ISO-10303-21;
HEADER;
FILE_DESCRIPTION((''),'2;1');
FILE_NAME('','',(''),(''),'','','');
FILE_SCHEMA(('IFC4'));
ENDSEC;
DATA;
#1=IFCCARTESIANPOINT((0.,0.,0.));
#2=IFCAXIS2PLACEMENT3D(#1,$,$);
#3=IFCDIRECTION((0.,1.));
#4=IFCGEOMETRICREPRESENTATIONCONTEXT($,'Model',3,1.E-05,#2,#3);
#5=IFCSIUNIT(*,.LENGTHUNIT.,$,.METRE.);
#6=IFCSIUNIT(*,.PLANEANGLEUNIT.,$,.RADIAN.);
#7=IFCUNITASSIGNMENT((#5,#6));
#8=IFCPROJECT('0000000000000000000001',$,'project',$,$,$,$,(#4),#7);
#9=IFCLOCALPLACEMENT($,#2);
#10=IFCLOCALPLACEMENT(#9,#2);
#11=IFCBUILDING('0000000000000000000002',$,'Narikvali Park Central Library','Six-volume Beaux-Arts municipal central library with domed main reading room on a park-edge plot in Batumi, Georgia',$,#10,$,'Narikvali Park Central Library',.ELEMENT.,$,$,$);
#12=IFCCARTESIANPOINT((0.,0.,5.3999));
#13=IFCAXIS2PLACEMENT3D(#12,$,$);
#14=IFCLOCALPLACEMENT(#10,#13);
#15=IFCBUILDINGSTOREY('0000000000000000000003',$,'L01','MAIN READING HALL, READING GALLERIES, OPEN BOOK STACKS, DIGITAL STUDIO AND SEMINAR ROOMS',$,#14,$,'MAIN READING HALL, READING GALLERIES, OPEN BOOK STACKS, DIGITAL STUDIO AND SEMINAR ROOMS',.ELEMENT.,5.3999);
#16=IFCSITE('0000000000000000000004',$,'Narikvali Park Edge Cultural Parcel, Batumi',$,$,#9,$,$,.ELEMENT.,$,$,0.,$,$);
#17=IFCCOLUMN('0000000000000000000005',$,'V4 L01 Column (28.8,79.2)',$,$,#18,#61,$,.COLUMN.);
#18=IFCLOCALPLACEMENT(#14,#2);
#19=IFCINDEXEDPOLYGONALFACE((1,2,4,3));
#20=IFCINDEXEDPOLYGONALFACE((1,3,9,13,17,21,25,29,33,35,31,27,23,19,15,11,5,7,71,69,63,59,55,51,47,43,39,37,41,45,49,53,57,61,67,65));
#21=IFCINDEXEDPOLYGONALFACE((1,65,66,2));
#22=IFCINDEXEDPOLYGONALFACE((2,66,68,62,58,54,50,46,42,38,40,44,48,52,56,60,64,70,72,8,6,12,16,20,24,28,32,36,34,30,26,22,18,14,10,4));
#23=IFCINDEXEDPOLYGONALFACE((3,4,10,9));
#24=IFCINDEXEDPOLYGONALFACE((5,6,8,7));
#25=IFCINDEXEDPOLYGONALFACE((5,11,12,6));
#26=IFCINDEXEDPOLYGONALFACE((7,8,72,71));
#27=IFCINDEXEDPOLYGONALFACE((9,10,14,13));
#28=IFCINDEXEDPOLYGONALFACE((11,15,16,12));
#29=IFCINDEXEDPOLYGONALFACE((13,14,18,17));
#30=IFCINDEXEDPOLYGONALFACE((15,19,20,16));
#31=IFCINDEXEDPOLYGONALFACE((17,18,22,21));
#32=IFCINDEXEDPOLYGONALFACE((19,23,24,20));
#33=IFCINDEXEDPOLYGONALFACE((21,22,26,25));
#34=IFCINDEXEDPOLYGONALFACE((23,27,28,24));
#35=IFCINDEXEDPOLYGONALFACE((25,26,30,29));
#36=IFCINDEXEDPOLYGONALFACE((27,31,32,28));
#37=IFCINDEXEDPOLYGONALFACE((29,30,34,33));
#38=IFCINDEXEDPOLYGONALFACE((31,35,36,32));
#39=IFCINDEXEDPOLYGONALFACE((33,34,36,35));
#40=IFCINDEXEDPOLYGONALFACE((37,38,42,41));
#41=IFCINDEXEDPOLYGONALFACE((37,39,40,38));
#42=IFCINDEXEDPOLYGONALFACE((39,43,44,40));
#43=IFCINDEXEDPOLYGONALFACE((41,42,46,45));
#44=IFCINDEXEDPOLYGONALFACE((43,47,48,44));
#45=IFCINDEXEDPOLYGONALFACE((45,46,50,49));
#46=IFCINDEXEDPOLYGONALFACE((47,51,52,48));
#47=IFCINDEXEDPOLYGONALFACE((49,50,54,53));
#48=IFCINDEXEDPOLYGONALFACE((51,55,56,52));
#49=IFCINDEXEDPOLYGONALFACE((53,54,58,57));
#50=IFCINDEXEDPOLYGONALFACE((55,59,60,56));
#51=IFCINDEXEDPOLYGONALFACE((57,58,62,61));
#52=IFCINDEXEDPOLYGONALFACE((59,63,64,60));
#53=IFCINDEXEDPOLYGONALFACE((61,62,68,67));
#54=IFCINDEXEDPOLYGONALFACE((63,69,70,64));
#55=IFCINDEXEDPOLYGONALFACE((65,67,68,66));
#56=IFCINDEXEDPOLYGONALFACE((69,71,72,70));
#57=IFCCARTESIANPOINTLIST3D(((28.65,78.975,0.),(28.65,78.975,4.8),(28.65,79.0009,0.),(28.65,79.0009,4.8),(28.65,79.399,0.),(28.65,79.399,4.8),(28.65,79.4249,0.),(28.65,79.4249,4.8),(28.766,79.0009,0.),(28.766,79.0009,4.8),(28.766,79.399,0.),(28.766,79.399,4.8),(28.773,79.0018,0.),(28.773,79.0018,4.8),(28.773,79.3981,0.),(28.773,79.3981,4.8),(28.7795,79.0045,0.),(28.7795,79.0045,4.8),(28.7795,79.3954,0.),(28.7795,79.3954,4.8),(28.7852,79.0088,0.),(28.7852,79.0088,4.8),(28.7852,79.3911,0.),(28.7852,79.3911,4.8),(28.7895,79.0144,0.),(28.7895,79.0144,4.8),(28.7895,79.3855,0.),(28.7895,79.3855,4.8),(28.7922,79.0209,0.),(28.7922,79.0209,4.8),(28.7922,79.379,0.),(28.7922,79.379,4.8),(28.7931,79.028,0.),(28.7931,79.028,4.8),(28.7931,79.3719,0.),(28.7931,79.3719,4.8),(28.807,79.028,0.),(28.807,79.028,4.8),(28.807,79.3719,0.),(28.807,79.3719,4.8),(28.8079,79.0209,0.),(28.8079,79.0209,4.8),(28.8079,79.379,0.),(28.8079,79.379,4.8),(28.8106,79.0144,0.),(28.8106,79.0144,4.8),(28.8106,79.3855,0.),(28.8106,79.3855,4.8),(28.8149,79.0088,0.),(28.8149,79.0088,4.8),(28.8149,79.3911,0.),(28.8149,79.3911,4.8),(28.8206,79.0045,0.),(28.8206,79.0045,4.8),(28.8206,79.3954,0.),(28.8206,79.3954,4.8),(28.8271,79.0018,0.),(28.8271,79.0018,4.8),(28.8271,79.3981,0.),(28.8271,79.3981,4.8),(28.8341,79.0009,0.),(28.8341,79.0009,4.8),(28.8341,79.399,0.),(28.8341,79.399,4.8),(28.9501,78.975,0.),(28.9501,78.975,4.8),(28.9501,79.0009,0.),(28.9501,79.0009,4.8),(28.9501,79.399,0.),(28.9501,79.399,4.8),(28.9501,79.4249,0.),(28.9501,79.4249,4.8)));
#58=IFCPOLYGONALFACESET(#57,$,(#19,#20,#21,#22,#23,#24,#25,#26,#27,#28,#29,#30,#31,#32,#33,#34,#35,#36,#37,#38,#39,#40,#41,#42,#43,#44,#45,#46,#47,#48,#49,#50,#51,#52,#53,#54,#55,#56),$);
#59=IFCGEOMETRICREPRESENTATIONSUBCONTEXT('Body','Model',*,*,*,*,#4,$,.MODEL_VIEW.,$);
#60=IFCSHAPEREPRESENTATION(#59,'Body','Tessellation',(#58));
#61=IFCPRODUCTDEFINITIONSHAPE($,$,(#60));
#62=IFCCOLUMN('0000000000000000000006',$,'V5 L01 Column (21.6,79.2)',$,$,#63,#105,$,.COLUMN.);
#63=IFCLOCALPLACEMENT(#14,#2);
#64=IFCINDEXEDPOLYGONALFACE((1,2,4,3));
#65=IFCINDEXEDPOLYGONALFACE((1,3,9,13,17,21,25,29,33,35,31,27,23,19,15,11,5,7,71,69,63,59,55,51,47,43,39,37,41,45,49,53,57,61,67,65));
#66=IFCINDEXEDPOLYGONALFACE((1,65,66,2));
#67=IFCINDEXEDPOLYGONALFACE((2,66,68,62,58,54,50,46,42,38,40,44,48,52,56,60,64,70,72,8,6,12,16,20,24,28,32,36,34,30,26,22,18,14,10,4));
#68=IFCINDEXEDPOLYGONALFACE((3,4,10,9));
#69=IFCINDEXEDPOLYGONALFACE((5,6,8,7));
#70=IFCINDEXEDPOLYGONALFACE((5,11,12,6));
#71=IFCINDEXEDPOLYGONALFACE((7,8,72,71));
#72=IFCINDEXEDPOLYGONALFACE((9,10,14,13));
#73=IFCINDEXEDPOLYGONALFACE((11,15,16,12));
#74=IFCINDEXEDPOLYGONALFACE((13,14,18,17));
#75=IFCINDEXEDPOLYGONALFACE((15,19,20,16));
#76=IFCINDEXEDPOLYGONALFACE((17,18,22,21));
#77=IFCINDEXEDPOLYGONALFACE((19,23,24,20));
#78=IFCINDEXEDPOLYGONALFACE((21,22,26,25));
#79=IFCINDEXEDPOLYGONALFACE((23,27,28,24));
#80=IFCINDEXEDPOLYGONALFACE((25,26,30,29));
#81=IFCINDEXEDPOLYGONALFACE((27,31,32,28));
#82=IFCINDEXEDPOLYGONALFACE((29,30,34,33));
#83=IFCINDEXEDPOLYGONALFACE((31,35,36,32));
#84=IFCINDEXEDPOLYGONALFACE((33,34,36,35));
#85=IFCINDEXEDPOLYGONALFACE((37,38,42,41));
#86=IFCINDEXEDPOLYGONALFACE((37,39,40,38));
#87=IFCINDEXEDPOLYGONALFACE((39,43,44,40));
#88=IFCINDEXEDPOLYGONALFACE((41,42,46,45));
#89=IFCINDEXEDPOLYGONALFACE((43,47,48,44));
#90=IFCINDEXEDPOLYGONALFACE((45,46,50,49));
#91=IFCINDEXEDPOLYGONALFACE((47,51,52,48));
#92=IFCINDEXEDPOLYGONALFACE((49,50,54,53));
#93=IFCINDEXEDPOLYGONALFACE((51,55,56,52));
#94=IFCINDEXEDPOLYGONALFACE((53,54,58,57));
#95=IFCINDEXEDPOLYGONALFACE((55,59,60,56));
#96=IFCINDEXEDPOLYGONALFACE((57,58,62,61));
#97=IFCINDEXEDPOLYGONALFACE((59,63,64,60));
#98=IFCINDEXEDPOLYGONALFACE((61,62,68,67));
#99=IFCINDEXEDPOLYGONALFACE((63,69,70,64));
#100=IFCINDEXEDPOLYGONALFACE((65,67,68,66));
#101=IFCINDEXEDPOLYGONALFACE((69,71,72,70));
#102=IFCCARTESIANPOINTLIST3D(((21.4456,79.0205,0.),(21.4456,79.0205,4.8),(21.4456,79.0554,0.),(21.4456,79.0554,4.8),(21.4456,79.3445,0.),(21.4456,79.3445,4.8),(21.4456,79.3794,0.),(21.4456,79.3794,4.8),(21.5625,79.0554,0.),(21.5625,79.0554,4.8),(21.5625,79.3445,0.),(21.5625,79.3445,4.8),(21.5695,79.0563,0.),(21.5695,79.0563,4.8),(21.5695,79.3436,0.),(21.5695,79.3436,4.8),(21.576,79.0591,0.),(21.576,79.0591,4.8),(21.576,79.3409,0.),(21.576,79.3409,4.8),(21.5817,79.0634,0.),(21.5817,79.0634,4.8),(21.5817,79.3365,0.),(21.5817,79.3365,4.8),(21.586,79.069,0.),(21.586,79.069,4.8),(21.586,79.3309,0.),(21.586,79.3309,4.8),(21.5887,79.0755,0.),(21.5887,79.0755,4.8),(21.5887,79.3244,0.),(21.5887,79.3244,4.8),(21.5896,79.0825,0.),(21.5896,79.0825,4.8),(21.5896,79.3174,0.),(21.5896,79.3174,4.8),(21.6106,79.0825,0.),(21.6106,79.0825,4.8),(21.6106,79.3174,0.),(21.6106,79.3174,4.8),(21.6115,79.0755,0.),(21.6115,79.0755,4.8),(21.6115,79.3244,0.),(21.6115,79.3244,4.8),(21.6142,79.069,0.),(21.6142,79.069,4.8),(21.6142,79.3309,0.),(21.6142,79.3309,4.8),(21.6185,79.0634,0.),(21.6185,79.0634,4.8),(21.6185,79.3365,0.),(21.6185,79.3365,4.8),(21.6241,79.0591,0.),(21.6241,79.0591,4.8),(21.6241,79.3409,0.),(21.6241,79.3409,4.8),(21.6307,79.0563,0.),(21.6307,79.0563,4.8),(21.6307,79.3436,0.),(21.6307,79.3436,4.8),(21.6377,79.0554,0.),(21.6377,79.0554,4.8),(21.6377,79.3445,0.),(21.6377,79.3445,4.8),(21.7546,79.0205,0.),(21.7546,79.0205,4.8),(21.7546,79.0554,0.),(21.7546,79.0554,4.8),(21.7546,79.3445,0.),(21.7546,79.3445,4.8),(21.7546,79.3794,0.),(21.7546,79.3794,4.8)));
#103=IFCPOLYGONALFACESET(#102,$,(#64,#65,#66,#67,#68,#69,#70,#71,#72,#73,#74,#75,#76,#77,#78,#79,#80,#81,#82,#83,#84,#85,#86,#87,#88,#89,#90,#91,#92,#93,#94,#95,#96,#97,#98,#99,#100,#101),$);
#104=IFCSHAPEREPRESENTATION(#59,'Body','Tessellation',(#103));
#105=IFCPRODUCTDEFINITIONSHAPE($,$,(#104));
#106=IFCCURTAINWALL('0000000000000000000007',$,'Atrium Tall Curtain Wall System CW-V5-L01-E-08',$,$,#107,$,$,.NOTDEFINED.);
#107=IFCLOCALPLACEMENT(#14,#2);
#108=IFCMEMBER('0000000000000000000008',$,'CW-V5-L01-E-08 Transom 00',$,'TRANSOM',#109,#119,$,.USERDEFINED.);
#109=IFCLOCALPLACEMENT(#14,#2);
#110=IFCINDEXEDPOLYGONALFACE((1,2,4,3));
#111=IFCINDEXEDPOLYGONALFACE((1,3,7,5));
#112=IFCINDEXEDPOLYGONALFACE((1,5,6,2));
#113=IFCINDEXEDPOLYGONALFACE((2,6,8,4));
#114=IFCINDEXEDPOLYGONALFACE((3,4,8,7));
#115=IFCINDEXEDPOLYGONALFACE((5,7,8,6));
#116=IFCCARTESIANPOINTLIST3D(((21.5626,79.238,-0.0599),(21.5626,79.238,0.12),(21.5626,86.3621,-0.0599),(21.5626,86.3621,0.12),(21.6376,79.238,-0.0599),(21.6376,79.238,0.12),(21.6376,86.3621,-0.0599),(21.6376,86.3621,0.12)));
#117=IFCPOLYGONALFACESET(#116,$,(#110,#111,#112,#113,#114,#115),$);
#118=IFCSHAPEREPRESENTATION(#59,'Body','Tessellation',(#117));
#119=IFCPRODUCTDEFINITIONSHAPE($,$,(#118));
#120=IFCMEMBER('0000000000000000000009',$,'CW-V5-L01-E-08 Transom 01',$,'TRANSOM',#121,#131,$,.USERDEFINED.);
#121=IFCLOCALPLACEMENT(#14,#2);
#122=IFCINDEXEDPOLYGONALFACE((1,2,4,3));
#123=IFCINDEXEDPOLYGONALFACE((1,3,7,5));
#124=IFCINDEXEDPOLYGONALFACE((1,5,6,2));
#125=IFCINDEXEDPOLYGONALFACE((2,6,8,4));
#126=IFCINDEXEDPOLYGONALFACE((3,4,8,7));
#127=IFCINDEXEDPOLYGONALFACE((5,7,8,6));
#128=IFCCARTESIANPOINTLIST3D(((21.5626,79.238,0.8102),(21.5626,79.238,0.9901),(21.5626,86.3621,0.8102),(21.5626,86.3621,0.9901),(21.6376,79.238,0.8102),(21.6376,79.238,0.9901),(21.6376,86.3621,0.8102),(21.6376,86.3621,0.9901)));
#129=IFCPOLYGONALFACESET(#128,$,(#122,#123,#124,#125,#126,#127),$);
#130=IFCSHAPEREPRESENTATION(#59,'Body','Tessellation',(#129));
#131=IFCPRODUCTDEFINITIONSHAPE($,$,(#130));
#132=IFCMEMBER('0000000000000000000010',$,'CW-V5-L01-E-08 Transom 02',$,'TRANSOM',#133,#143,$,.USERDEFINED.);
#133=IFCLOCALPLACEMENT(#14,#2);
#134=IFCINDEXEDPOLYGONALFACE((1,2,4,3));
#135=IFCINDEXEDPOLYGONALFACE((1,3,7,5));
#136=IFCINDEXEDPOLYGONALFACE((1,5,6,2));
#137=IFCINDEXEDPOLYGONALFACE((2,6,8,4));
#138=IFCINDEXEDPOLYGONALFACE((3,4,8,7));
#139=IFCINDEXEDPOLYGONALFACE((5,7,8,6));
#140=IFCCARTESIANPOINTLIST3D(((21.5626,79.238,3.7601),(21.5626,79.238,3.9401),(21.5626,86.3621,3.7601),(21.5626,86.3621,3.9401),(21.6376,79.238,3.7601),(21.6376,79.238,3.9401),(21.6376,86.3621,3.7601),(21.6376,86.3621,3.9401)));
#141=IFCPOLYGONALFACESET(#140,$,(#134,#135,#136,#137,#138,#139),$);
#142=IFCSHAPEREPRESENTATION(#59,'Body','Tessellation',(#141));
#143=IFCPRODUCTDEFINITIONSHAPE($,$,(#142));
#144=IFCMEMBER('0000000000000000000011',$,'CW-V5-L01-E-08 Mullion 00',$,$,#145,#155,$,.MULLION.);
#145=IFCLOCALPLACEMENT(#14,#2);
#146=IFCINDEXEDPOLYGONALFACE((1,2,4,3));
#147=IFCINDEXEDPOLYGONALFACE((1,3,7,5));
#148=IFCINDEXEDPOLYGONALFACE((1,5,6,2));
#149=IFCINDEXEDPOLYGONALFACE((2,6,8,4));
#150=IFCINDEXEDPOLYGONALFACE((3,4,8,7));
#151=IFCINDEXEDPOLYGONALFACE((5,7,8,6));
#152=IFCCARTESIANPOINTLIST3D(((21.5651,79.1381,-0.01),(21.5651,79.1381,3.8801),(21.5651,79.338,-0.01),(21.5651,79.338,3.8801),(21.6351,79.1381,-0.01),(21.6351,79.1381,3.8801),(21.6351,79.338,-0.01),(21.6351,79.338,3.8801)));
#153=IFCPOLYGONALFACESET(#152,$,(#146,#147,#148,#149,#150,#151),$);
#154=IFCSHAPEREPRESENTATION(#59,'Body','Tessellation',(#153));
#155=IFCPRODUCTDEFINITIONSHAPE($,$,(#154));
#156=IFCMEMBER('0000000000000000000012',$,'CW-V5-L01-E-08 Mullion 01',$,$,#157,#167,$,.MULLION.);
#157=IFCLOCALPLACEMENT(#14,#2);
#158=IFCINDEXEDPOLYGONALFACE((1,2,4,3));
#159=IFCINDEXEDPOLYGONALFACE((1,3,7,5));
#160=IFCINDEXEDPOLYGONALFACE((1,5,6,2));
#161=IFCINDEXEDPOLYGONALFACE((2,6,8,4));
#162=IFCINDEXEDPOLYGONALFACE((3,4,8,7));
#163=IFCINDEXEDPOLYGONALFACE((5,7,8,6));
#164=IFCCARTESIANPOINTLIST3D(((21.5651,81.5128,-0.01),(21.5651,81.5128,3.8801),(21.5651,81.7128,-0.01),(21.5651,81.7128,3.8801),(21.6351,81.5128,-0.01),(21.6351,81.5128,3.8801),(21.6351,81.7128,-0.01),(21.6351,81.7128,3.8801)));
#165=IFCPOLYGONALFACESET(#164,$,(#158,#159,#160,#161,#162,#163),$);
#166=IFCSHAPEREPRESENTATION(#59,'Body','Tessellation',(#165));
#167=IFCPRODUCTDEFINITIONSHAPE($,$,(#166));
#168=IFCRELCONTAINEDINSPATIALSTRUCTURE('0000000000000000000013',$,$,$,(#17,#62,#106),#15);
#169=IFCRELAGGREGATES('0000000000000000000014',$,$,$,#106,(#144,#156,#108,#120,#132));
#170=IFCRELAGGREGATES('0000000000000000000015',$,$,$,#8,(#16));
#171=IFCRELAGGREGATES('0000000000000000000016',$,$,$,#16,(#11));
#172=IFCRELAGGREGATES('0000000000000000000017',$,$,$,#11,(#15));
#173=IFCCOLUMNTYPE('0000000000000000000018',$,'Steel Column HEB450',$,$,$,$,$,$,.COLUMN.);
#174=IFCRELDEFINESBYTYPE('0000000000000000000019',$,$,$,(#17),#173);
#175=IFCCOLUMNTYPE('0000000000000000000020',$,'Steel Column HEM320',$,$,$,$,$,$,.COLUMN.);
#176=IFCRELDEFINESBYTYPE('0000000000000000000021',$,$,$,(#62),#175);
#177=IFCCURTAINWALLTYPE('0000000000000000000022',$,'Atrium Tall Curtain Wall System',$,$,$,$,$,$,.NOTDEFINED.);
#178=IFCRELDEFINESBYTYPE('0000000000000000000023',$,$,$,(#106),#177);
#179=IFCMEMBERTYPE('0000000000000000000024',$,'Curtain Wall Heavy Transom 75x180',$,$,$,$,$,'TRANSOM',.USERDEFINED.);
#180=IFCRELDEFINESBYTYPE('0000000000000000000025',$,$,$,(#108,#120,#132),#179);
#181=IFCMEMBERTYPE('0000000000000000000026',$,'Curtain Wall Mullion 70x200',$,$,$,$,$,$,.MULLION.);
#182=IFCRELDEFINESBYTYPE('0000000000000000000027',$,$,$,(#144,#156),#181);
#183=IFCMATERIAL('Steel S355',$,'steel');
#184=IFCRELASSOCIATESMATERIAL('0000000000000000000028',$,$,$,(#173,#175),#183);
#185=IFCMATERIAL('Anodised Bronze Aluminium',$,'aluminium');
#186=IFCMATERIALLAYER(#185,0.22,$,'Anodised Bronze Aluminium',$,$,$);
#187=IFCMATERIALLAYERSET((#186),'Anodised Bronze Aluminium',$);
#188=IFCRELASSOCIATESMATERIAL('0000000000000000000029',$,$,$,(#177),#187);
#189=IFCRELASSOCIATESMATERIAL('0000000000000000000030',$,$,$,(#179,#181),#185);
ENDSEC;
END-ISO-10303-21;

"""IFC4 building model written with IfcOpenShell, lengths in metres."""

from ifc_helpers import new_model, si_unit, direction, frame, origin, origin_2d, place, context, subcontext, project, spatial, rectangle, i_section, extrude, material, layer, layer_set, material_profile, profile_set, type_object, element, aggregate, save


model = new_model("IFC4")

# Units and contexts
model_context = context("Model", 3, precision=1e-05, world=origin(), true_north=direction((0.0, 1.0)))
body_context = subcontext(model_context, "Body", "Model", "MODEL_VIEW")
ifc_project = project(units=[si_unit("LENGTHUNIT", "METRE"), si_unit("PLANEANGLEUNIT", "RADIAN")], contexts=[model_context])

# Site, building, storey
site_placement = place(None, origin())
site = spatial("IfcSite", under=ifc_project, at=site_placement, Name="Narikvali Park Edge Cultural Parcel, Batumi", CompositionType="ELEMENT", RefElevation=0.0)
building_placement = place(site_placement, origin())
building = spatial("IfcBuilding", under=site, at=building_placement, Name="Narikvali Park Central Library", Description="Six-volume Beaux-Arts municipal central library with domed main reading room on a park-edge plot in Batumi, Georgia", LongName="Narikvali Park Central Library", CompositionType="ELEMENT")
storey_placement = place(building_placement, frame((0.0, 0.0, 5.3999)))
storey = spatial("IfcBuildingStorey", under=building, at=storey_placement, Name="L01", Description="MAIN READING HALL, READING GALLERIES, OPEN BOOK STACKS, DIGITAL STUDIO AND SEMINAR ROOMS", LongName="MAIN READING HALL, READING GALLERIES, OPEN BOOK STACKS, DIGITAL STUDIO AND SEMINAR ROOMS", CompositionType="ELEMENT", Elevation=5.3999)

# Columns
ifc_material_1 = material(Name="Steel S355", Category="steel")
ifc_material_profile_1 = material_profile(ifc_material_1, i_section(OverallWidth=0.3, OverallDepth=0.45, WebThickness=0.0139, FlangeThickness=0.0259, FilletRadius=0.0271, at=origin_2d()), Name="HEB 450")
ifc_profile_set_1 = profile_set([ifc_material_profile_1], Name="Steel S355")
column_type_1 = type_object("IfcColumnType", Name="Steel Column HEB450", PredefinedType="COLUMN", material=ifc_profile_set_1)
column_1_placement = place(storey_placement, frame((28.8, 79.2, 0.0), z_axis=(0.0, 0.0, 1.0), x_axis=(1.0, 0.0, 0.0)))
element("IfcColumn", 1, at=column_1_placement, inside=storey, type_object=column_type_1, Name="V4 L01 Column (28.8,79.2)", PredefinedType="COLUMN", context=body_context, shape_type="SweptSolid", body=[
    extrude(i_section(OverallWidth=0.3, OverallDepth=0.45, WebThickness=0.0139, FlangeThickness=0.0259, FilletRadius=0.0271, at=origin_2d()), origin(), (0.0, 0.0, 1.0), 4.8),
])
ifc_material_profile_2 = material_profile(ifc_material_1, i_section(OverallWidth=0.3091, OverallDepth=0.3589, WebThickness=0.021, FlangeThickness=0.0349, FilletRadius=0.0271, at=origin_2d()), Name="HEM 320")
ifc_profile_set_2 = profile_set([ifc_material_profile_2], Name="Steel S355")
column_type_2 = type_object("IfcColumnType", Name="Steel Column HEM320", PredefinedType="COLUMN", material=ifc_profile_set_2)
column_2_placement = place(storey_placement, frame((21.6001, 79.2, 0.0), z_axis=(0.0, 0.0, 1.0), x_axis=(1.0, 0.0, 0.0)))
element("IfcColumn", 2, at=column_2_placement, inside=storey, type_object=column_type_2, Name="V5 L01 Column (21.6,79.2)", PredefinedType="COLUMN", context=body_context, shape_type="SweptSolid", body=[
    extrude(i_section(OverallWidth=0.3091, OverallDepth=0.3589, WebThickness=0.021, FlangeThickness=0.0349, FilletRadius=0.0271, at=origin_2d()), origin(), (0.0, 0.0, 1.0), 4.8),
])

# Curtain wall, members
ifc_material_2 = material(Name="Anodised Bronze Aluminium", Category="aluminium")
ifc_layer_1 = layer(ifc_material_2, 0.22, Name="Anodised Bronze Aluminium")
ifc_layer_set_1 = layer_set([ifc_layer_1], Name="Anodised Bronze Aluminium")
curtain_wall_type = type_object("IfcCurtainWallType", Name="Atrium Tall Curtain Wall System", PredefinedType="NOTDEFINED", material=ifc_layer_set_1)
curtain_wall_placement = place(storey_placement, origin())
curtain_wall = element("IfcCurtainWall", 3, at=curtain_wall_placement, inside=storey, type_object=curtain_wall_type, Name="Atrium Tall Curtain Wall System CW-V5-L01-E-08", PredefinedType="NOTDEFINED")
ifc_material_profile_3 = material_profile(ifc_material_2, rectangle(XDim=0.075, YDim=0.1799, at=origin_2d()), Name="CW TRANSOM 75x180")
ifc_profile_set_3 = profile_set([ifc_material_profile_3], Name="Anodised Bronze Aluminium")
member_type_1 = type_object("IfcMemberType", Name="Curtain Wall Heavy Transom 75x180", ElementType="TRANSOM", PredefinedType="USERDEFINED", material=ifc_profile_set_3)
member_1_placement = place(storey_placement, frame((21.6001, 79.238, 0.03), z_axis=(0.0, 1.0, 0.0), x_axis=(-1.0, 0.0, 0.0)))
member_1 = element("IfcMember", 4, at=member_1_placement, type_object=member_type_1, Name="CW-V5-L01-E-08 Transom 00", ObjectType="TRANSOM", PredefinedType="USERDEFINED", context=body_context, shape_type="SweptSolid", body=[
    extrude(rectangle(XDim=0.075, YDim=0.1799, at=origin_2d()), origin(), (0.0, 0.0, 1.0), 7.124),
])
member_2_placement = place(storey_placement, frame((21.6001, 79.238, 0.9001), z_axis=(0.0, 1.0, 0.0), x_axis=(-1.0, 0.0, 0.0)))
member_2 = element("IfcMember", 5, at=member_2_placement, type_object=member_type_1, Name="CW-V5-L01-E-08 Transom 01", ObjectType="TRANSOM", PredefinedType="USERDEFINED", context=body_context, shape_type="SweptSolid", body=[
    extrude(rectangle(XDim=0.075, YDim=0.1799, at=origin_2d()), origin(), (0.0, 0.0, 1.0), 7.124),
])
member_3_placement = place(storey_placement, frame((21.6001, 79.238, 3.8501), z_axis=(0.0, 1.0, 0.0), x_axis=(-1.0, 0.0, 0.0)))
member_3 = element("IfcMember", 6, at=member_3_placement, type_object=member_type_1, Name="CW-V5-L01-E-08 Transom 02", ObjectType="TRANSOM", PredefinedType="USERDEFINED", context=body_context, shape_type="SweptSolid", body=[
    extrude(rectangle(XDim=0.075, YDim=0.1799, at=origin_2d()), origin(), (0.0, 0.0, 1.0), 7.124),
])
ifc_material_profile_4 = material_profile(ifc_material_2, rectangle(XDim=0.0701, YDim=0.2, at=origin_2d()), Name="CW MULLION 70x200")
ifc_profile_set_4 = profile_set([ifc_material_profile_4], Name="Anodised Bronze Aluminium")
member_type_2 = type_object("IfcMemberType", Name="Curtain Wall Mullion 70x200", PredefinedType="MULLION", material=ifc_profile_set_4)
member_4_placement = place(storey_placement, frame((21.6001, 79.238, -0.01), z_axis=(0.0, 0.0, 1.0), x_axis=(1.0, 0.0, 0.0)))
member_4 = element("IfcMember", 7, at=member_4_placement, type_object=member_type_2, Name="CW-V5-L01-E-08 Mullion 00", PredefinedType="MULLION", context=body_context, shape_type="SweptSolid", body=[
    extrude(rectangle(XDim=0.0701, YDim=0.2, at=origin_2d()), origin(), (0.0, 0.0, 1.0), 3.8901),
])
member_5_placement = place(storey_placement, frame((21.6001, 81.6128, -0.01), z_axis=(0.0, 0.0, 1.0), x_axis=(1.0, 0.0, 0.0)))
member_5 = element("IfcMember", 8, at=member_5_placement, type_object=member_type_2, Name="CW-V5-L01-E-08 Mullion 01", PredefinedType="MULLION", context=body_context, shape_type="SweptSolid", body=[
    extrude(rectangle(XDim=0.0701, YDim=0.2, at=origin_2d()), origin(), (0.0, 0.0, 1.0), 3.8901),
])

aggregate(curtain_wall, [member_4, member_5, member_1, member_2, member_3])

save(model, "model.ifc")
